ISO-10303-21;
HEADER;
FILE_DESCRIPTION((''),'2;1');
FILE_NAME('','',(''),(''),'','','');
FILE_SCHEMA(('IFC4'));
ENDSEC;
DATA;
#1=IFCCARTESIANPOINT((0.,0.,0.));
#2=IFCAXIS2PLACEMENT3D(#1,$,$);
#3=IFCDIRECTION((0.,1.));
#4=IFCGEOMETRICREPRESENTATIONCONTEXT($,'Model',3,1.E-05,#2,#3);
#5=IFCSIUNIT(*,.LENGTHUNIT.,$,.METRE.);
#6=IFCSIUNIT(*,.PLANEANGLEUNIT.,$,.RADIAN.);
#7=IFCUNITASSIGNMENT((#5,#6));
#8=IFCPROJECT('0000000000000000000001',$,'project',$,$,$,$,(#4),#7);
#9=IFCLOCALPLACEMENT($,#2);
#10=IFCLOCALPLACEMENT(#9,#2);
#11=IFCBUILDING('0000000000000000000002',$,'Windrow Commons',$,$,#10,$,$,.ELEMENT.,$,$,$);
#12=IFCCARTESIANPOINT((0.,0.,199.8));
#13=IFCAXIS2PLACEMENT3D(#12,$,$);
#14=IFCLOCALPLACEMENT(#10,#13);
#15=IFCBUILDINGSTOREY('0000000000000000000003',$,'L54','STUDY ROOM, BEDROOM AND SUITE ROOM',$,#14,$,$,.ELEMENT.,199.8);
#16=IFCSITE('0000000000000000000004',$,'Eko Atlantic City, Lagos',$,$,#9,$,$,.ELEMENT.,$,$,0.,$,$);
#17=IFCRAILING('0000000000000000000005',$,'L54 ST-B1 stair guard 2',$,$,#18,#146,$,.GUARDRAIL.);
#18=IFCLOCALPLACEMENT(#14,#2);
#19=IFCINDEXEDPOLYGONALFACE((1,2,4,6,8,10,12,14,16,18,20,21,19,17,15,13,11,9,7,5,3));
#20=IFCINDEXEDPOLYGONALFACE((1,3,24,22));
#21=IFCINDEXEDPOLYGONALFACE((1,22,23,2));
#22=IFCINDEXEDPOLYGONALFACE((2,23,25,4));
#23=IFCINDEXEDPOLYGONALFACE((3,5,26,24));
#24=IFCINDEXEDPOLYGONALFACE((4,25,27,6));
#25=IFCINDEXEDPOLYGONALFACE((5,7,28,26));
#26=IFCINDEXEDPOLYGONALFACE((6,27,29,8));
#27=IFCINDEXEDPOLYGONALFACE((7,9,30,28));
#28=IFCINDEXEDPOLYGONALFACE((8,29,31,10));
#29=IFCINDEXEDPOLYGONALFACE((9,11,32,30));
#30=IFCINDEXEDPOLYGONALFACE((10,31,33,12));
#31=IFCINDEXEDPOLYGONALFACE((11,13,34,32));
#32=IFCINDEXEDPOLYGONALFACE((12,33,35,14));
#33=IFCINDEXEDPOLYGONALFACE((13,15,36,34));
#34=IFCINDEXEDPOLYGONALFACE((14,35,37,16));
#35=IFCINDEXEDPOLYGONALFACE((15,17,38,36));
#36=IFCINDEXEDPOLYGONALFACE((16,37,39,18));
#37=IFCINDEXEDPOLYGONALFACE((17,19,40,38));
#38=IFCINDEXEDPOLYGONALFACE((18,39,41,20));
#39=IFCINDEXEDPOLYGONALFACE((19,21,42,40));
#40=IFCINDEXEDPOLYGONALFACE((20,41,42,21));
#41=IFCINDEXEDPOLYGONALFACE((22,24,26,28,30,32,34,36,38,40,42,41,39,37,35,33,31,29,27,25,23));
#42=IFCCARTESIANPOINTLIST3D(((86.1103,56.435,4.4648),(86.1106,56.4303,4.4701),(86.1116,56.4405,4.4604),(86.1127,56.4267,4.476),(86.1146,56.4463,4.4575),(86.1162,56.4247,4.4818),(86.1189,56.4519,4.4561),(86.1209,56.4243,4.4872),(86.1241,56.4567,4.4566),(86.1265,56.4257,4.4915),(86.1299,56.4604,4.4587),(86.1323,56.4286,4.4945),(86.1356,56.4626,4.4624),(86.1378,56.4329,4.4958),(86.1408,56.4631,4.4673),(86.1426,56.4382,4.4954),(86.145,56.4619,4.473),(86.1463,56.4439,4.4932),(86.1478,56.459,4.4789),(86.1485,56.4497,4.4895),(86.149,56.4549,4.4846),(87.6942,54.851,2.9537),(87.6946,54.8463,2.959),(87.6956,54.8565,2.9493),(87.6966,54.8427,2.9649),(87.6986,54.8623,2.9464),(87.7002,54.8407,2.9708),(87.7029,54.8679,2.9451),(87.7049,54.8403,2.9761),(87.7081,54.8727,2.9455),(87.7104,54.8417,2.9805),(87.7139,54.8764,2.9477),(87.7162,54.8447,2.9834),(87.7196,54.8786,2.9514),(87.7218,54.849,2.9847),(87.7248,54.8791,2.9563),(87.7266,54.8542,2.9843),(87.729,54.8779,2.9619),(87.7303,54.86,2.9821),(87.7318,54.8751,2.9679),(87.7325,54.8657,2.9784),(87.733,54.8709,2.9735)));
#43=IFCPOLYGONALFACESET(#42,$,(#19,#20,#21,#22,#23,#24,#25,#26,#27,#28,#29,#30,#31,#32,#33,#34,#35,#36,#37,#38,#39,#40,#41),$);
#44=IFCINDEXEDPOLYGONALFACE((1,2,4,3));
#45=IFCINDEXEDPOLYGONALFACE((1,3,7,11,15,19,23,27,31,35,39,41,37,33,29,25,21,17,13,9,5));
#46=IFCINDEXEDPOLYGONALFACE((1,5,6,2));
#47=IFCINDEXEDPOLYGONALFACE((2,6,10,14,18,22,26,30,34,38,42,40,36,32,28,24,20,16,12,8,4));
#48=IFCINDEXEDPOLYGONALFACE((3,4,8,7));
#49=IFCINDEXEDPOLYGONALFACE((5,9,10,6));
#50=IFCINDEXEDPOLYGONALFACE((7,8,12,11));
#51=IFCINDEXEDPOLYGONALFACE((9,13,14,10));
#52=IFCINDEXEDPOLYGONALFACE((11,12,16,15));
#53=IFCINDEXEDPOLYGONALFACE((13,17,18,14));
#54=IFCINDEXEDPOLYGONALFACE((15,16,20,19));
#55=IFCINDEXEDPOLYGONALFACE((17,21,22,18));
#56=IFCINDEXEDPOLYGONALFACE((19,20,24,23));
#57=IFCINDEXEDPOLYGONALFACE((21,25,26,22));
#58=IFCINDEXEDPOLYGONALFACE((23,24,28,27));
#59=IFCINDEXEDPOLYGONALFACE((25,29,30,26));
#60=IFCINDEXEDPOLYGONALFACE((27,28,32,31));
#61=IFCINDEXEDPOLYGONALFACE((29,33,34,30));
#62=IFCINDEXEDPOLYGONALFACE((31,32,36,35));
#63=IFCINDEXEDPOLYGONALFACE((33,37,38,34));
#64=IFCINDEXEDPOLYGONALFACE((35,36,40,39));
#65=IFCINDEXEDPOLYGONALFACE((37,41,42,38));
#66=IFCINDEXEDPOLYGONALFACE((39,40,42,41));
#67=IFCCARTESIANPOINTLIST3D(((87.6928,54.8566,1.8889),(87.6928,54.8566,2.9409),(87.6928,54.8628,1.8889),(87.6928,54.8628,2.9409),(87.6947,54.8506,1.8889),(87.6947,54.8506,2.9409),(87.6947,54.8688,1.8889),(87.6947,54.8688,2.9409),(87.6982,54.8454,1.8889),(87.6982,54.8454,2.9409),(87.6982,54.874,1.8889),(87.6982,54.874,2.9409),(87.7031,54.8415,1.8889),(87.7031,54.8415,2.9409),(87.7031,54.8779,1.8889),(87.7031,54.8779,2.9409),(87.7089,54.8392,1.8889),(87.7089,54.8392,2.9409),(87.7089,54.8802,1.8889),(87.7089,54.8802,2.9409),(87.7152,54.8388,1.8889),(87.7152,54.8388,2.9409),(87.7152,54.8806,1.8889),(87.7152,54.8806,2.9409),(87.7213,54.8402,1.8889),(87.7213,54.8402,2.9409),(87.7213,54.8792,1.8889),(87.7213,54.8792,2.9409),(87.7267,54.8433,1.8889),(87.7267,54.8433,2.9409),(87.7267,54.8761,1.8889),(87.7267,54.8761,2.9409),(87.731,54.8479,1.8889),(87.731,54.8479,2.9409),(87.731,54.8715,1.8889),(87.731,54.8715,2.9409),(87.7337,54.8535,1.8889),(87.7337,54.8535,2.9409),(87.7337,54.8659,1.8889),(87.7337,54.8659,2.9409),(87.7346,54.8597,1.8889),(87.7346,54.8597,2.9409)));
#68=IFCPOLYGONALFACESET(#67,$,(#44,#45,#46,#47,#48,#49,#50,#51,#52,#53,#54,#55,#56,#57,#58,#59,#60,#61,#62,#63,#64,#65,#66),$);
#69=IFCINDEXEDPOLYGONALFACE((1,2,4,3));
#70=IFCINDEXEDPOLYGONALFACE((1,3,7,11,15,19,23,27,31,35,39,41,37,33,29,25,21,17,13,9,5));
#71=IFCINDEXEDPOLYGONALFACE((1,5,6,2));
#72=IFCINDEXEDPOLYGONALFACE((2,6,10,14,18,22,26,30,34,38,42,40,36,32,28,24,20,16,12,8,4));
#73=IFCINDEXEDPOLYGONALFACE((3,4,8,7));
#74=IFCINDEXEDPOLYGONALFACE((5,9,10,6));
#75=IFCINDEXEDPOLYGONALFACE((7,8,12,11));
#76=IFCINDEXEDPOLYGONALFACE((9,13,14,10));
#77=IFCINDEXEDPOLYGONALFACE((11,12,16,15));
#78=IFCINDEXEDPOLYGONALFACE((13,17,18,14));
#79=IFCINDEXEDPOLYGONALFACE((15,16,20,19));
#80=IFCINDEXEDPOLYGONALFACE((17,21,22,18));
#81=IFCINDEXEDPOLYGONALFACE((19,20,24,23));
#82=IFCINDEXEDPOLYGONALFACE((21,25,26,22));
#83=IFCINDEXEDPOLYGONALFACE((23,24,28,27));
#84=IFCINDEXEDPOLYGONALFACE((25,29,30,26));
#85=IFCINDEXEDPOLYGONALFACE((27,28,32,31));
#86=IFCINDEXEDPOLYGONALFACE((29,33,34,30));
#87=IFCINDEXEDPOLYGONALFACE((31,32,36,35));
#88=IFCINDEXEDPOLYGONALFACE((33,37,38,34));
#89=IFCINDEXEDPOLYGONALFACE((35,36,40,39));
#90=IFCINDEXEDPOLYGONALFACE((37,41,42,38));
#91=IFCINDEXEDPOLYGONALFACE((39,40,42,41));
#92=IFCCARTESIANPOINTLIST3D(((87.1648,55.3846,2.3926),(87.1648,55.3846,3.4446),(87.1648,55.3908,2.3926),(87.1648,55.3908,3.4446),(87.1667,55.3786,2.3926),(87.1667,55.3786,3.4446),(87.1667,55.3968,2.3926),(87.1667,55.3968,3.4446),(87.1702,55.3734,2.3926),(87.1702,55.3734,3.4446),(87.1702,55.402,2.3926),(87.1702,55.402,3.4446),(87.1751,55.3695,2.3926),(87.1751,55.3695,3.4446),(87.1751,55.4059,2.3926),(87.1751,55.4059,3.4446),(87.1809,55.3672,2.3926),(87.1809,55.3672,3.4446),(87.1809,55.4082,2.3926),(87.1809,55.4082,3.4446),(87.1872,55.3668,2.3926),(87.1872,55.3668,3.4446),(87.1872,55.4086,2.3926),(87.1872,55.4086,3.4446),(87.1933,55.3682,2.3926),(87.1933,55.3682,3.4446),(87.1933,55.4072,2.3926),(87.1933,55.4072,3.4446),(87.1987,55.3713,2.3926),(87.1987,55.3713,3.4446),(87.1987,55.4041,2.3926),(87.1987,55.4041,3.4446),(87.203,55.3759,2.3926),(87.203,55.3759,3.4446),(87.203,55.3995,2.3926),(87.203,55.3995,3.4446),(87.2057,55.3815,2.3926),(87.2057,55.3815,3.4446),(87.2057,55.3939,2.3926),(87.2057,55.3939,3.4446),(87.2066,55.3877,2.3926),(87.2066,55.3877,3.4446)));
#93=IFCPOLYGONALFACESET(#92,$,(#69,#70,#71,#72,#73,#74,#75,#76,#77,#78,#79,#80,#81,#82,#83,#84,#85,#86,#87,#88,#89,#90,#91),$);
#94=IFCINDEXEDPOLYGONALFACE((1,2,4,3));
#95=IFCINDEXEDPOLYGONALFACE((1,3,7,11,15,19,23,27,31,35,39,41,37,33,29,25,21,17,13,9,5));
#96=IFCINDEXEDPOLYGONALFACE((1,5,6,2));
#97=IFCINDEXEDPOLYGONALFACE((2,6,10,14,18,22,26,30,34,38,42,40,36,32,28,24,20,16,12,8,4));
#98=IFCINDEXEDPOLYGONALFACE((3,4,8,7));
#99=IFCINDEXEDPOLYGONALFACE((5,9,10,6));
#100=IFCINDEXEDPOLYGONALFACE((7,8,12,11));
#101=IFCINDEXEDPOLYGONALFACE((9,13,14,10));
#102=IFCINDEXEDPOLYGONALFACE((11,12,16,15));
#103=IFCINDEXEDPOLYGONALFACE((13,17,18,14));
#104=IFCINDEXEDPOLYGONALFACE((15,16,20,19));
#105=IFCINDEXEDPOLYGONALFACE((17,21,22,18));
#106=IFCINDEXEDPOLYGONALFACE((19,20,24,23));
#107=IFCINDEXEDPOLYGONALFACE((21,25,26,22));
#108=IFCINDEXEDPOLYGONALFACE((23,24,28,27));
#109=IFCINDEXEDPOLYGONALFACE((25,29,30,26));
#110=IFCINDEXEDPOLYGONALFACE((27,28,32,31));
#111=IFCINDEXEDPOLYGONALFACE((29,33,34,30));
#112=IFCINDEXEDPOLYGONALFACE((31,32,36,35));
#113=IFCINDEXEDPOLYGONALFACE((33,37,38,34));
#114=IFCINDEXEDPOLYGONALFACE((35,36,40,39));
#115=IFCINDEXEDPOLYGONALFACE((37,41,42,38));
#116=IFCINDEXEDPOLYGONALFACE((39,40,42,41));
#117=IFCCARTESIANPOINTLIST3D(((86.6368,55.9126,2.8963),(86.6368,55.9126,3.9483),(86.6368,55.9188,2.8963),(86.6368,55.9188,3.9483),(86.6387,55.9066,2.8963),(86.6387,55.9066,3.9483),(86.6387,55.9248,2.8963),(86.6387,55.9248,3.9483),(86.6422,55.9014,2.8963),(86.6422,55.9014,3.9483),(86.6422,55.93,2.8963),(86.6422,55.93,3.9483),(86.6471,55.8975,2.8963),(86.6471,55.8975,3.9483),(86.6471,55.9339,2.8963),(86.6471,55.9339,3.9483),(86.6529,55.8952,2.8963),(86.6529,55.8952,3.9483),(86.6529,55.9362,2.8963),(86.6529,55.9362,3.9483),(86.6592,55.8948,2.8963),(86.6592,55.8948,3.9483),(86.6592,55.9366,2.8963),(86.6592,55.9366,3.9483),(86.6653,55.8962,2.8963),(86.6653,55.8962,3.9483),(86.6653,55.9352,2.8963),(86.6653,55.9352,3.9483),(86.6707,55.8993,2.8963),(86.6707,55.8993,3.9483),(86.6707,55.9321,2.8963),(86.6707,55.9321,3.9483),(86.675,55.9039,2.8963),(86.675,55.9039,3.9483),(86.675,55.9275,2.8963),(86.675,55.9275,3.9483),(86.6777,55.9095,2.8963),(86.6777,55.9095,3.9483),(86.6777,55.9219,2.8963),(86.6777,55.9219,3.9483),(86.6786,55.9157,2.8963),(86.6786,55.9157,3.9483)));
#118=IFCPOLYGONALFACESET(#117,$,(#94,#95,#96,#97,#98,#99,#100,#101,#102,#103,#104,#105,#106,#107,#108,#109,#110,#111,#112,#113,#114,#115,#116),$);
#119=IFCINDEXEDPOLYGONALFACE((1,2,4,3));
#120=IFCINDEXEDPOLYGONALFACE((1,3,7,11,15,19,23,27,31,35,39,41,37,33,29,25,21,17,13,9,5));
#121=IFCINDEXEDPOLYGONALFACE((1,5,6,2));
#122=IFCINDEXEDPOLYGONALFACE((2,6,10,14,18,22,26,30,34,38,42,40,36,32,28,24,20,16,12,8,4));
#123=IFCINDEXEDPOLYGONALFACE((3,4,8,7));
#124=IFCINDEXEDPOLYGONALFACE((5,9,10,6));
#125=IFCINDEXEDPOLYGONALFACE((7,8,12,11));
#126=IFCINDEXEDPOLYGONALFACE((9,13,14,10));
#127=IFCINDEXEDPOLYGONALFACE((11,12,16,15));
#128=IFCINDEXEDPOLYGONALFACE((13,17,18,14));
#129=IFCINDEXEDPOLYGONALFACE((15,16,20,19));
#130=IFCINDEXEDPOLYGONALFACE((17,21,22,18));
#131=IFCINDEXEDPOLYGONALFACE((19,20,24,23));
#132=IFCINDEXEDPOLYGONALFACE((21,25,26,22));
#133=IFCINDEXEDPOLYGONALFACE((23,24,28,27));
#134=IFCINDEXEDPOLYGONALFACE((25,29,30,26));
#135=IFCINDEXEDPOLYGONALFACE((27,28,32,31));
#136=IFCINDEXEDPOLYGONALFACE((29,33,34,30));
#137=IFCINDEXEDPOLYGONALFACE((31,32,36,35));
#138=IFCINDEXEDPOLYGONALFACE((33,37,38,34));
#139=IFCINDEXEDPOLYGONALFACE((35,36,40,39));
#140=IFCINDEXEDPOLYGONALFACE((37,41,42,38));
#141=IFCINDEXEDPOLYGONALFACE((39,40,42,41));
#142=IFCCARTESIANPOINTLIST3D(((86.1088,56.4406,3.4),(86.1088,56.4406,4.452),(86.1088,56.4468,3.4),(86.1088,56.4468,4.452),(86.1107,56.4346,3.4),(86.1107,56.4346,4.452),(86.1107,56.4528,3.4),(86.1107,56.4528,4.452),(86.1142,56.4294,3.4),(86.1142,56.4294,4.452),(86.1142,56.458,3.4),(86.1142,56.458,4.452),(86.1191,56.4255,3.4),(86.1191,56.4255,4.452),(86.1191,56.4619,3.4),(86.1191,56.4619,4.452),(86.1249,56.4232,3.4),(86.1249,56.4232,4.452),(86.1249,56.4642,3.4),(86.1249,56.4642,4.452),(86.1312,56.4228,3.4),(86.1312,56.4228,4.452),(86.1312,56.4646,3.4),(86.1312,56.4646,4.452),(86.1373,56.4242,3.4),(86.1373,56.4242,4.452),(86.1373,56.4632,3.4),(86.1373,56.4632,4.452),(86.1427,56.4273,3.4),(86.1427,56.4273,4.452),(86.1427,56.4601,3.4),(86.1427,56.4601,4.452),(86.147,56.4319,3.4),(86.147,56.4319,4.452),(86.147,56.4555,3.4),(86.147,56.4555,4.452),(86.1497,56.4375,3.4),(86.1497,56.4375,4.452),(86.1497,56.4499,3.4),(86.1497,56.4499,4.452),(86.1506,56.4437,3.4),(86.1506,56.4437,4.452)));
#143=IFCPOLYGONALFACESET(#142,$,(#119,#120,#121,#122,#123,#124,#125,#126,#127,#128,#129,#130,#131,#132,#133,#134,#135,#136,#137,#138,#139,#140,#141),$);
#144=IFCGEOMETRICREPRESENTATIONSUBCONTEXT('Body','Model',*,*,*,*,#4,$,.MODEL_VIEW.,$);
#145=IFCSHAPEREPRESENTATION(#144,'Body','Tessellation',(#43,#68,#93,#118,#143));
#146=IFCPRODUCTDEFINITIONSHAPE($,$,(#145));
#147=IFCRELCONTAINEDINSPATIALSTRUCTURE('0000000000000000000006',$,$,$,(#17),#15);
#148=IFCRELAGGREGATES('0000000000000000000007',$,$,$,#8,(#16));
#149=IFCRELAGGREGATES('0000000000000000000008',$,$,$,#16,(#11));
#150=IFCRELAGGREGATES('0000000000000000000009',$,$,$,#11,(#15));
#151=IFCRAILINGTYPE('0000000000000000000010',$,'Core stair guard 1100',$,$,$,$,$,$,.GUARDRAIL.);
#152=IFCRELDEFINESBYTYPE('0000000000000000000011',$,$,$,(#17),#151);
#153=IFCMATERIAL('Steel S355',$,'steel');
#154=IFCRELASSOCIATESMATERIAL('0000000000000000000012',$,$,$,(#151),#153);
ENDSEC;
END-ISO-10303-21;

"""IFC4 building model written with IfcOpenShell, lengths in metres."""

from ifc_helpers import new_model, si_unit, direction, frame, origin, origin_2d, place, context, subcontext, project, spatial, circle, extrude, material, type_object, element, save


model = new_model("IFC4")

# Units and contexts
model_context = context("Model", 3, precision=1e-05, world=origin(), true_north=direction((0.0, 1.0)))
body_context = subcontext(model_context, "Body", "Model", "MODEL_VIEW")
ifc_project = project(units=[si_unit("LENGTHUNIT", "METRE"), si_unit("PLANEANGLEUNIT", "RADIAN")], contexts=[model_context])

# Site, building, storey
site_placement = place(None, origin())
site = spatial("IfcSite", under=ifc_project, at=site_placement, Name="Eko Atlantic City, Lagos", CompositionType="ELEMENT", RefElevation=0.0)
building_placement = place(site_placement, origin())
building = spatial("IfcBuilding", under=site, at=building_placement, Name="Windrow Commons", CompositionType="ELEMENT")
storey_placement = place(building_placement, frame((0.0, 0.0, 199.8)))
storey = spatial("IfcBuildingStorey", under=building, at=storey_placement, Name="L54", Description="STUDY ROOM, BEDROOM AND SUITE ROOM", CompositionType="ELEMENT", Elevation=199.8)

# Railing
ifc_material_1 = material(Name="Steel S355", Category="steel")
railing_type_1 = type_object("IfcRailingType", Name="Core stair guard 1100", PredefinedType="GUARDRAIL", material=ifc_material_1)
railing_1_placement = place(storey_placement, frame((87.7136, 54.8597, 1.8889)))
element("IfcRailing", 1, at=railing_1_placement, inside=storey, type_object=railing_type_1, Name="L54 ST-B1 stair guard 2", PredefinedType="GUARDRAIL", context=body_context, shape_type="SweptSolid", body=[
    extrude(circle(Radius=0.024, at=origin_2d()), frame((0.0, 0.0, 1.076), z_axis=(-0.586203, 0.586203, 0.559224), x_axis=(-0.707107, -0.707107, 0.0)), (0.0, 0.0, 1.0), 2.7021),
    extrude(circle(Radius=0.021, at=origin_2d()), origin(), (0.0, 0.0, 1.0), 1.052),
    extrude(circle(Radius=0.021, at=origin_2d()), frame((-0.528, 0.528, 0.5037)), (0.0, 0.0, 1.0), 1.052),
    extrude(circle(Radius=0.021, at=origin_2d()), frame((-1.056, 1.056, 1.0074)), (0.0, 0.0, 1.0), 1.052),
    extrude(circle(Radius=0.021, at=origin_2d()), frame((-1.584, 1.584, 1.5111)), (0.0, 0.0, 1.0), 1.052),
])

save(model, "model.ifc")
